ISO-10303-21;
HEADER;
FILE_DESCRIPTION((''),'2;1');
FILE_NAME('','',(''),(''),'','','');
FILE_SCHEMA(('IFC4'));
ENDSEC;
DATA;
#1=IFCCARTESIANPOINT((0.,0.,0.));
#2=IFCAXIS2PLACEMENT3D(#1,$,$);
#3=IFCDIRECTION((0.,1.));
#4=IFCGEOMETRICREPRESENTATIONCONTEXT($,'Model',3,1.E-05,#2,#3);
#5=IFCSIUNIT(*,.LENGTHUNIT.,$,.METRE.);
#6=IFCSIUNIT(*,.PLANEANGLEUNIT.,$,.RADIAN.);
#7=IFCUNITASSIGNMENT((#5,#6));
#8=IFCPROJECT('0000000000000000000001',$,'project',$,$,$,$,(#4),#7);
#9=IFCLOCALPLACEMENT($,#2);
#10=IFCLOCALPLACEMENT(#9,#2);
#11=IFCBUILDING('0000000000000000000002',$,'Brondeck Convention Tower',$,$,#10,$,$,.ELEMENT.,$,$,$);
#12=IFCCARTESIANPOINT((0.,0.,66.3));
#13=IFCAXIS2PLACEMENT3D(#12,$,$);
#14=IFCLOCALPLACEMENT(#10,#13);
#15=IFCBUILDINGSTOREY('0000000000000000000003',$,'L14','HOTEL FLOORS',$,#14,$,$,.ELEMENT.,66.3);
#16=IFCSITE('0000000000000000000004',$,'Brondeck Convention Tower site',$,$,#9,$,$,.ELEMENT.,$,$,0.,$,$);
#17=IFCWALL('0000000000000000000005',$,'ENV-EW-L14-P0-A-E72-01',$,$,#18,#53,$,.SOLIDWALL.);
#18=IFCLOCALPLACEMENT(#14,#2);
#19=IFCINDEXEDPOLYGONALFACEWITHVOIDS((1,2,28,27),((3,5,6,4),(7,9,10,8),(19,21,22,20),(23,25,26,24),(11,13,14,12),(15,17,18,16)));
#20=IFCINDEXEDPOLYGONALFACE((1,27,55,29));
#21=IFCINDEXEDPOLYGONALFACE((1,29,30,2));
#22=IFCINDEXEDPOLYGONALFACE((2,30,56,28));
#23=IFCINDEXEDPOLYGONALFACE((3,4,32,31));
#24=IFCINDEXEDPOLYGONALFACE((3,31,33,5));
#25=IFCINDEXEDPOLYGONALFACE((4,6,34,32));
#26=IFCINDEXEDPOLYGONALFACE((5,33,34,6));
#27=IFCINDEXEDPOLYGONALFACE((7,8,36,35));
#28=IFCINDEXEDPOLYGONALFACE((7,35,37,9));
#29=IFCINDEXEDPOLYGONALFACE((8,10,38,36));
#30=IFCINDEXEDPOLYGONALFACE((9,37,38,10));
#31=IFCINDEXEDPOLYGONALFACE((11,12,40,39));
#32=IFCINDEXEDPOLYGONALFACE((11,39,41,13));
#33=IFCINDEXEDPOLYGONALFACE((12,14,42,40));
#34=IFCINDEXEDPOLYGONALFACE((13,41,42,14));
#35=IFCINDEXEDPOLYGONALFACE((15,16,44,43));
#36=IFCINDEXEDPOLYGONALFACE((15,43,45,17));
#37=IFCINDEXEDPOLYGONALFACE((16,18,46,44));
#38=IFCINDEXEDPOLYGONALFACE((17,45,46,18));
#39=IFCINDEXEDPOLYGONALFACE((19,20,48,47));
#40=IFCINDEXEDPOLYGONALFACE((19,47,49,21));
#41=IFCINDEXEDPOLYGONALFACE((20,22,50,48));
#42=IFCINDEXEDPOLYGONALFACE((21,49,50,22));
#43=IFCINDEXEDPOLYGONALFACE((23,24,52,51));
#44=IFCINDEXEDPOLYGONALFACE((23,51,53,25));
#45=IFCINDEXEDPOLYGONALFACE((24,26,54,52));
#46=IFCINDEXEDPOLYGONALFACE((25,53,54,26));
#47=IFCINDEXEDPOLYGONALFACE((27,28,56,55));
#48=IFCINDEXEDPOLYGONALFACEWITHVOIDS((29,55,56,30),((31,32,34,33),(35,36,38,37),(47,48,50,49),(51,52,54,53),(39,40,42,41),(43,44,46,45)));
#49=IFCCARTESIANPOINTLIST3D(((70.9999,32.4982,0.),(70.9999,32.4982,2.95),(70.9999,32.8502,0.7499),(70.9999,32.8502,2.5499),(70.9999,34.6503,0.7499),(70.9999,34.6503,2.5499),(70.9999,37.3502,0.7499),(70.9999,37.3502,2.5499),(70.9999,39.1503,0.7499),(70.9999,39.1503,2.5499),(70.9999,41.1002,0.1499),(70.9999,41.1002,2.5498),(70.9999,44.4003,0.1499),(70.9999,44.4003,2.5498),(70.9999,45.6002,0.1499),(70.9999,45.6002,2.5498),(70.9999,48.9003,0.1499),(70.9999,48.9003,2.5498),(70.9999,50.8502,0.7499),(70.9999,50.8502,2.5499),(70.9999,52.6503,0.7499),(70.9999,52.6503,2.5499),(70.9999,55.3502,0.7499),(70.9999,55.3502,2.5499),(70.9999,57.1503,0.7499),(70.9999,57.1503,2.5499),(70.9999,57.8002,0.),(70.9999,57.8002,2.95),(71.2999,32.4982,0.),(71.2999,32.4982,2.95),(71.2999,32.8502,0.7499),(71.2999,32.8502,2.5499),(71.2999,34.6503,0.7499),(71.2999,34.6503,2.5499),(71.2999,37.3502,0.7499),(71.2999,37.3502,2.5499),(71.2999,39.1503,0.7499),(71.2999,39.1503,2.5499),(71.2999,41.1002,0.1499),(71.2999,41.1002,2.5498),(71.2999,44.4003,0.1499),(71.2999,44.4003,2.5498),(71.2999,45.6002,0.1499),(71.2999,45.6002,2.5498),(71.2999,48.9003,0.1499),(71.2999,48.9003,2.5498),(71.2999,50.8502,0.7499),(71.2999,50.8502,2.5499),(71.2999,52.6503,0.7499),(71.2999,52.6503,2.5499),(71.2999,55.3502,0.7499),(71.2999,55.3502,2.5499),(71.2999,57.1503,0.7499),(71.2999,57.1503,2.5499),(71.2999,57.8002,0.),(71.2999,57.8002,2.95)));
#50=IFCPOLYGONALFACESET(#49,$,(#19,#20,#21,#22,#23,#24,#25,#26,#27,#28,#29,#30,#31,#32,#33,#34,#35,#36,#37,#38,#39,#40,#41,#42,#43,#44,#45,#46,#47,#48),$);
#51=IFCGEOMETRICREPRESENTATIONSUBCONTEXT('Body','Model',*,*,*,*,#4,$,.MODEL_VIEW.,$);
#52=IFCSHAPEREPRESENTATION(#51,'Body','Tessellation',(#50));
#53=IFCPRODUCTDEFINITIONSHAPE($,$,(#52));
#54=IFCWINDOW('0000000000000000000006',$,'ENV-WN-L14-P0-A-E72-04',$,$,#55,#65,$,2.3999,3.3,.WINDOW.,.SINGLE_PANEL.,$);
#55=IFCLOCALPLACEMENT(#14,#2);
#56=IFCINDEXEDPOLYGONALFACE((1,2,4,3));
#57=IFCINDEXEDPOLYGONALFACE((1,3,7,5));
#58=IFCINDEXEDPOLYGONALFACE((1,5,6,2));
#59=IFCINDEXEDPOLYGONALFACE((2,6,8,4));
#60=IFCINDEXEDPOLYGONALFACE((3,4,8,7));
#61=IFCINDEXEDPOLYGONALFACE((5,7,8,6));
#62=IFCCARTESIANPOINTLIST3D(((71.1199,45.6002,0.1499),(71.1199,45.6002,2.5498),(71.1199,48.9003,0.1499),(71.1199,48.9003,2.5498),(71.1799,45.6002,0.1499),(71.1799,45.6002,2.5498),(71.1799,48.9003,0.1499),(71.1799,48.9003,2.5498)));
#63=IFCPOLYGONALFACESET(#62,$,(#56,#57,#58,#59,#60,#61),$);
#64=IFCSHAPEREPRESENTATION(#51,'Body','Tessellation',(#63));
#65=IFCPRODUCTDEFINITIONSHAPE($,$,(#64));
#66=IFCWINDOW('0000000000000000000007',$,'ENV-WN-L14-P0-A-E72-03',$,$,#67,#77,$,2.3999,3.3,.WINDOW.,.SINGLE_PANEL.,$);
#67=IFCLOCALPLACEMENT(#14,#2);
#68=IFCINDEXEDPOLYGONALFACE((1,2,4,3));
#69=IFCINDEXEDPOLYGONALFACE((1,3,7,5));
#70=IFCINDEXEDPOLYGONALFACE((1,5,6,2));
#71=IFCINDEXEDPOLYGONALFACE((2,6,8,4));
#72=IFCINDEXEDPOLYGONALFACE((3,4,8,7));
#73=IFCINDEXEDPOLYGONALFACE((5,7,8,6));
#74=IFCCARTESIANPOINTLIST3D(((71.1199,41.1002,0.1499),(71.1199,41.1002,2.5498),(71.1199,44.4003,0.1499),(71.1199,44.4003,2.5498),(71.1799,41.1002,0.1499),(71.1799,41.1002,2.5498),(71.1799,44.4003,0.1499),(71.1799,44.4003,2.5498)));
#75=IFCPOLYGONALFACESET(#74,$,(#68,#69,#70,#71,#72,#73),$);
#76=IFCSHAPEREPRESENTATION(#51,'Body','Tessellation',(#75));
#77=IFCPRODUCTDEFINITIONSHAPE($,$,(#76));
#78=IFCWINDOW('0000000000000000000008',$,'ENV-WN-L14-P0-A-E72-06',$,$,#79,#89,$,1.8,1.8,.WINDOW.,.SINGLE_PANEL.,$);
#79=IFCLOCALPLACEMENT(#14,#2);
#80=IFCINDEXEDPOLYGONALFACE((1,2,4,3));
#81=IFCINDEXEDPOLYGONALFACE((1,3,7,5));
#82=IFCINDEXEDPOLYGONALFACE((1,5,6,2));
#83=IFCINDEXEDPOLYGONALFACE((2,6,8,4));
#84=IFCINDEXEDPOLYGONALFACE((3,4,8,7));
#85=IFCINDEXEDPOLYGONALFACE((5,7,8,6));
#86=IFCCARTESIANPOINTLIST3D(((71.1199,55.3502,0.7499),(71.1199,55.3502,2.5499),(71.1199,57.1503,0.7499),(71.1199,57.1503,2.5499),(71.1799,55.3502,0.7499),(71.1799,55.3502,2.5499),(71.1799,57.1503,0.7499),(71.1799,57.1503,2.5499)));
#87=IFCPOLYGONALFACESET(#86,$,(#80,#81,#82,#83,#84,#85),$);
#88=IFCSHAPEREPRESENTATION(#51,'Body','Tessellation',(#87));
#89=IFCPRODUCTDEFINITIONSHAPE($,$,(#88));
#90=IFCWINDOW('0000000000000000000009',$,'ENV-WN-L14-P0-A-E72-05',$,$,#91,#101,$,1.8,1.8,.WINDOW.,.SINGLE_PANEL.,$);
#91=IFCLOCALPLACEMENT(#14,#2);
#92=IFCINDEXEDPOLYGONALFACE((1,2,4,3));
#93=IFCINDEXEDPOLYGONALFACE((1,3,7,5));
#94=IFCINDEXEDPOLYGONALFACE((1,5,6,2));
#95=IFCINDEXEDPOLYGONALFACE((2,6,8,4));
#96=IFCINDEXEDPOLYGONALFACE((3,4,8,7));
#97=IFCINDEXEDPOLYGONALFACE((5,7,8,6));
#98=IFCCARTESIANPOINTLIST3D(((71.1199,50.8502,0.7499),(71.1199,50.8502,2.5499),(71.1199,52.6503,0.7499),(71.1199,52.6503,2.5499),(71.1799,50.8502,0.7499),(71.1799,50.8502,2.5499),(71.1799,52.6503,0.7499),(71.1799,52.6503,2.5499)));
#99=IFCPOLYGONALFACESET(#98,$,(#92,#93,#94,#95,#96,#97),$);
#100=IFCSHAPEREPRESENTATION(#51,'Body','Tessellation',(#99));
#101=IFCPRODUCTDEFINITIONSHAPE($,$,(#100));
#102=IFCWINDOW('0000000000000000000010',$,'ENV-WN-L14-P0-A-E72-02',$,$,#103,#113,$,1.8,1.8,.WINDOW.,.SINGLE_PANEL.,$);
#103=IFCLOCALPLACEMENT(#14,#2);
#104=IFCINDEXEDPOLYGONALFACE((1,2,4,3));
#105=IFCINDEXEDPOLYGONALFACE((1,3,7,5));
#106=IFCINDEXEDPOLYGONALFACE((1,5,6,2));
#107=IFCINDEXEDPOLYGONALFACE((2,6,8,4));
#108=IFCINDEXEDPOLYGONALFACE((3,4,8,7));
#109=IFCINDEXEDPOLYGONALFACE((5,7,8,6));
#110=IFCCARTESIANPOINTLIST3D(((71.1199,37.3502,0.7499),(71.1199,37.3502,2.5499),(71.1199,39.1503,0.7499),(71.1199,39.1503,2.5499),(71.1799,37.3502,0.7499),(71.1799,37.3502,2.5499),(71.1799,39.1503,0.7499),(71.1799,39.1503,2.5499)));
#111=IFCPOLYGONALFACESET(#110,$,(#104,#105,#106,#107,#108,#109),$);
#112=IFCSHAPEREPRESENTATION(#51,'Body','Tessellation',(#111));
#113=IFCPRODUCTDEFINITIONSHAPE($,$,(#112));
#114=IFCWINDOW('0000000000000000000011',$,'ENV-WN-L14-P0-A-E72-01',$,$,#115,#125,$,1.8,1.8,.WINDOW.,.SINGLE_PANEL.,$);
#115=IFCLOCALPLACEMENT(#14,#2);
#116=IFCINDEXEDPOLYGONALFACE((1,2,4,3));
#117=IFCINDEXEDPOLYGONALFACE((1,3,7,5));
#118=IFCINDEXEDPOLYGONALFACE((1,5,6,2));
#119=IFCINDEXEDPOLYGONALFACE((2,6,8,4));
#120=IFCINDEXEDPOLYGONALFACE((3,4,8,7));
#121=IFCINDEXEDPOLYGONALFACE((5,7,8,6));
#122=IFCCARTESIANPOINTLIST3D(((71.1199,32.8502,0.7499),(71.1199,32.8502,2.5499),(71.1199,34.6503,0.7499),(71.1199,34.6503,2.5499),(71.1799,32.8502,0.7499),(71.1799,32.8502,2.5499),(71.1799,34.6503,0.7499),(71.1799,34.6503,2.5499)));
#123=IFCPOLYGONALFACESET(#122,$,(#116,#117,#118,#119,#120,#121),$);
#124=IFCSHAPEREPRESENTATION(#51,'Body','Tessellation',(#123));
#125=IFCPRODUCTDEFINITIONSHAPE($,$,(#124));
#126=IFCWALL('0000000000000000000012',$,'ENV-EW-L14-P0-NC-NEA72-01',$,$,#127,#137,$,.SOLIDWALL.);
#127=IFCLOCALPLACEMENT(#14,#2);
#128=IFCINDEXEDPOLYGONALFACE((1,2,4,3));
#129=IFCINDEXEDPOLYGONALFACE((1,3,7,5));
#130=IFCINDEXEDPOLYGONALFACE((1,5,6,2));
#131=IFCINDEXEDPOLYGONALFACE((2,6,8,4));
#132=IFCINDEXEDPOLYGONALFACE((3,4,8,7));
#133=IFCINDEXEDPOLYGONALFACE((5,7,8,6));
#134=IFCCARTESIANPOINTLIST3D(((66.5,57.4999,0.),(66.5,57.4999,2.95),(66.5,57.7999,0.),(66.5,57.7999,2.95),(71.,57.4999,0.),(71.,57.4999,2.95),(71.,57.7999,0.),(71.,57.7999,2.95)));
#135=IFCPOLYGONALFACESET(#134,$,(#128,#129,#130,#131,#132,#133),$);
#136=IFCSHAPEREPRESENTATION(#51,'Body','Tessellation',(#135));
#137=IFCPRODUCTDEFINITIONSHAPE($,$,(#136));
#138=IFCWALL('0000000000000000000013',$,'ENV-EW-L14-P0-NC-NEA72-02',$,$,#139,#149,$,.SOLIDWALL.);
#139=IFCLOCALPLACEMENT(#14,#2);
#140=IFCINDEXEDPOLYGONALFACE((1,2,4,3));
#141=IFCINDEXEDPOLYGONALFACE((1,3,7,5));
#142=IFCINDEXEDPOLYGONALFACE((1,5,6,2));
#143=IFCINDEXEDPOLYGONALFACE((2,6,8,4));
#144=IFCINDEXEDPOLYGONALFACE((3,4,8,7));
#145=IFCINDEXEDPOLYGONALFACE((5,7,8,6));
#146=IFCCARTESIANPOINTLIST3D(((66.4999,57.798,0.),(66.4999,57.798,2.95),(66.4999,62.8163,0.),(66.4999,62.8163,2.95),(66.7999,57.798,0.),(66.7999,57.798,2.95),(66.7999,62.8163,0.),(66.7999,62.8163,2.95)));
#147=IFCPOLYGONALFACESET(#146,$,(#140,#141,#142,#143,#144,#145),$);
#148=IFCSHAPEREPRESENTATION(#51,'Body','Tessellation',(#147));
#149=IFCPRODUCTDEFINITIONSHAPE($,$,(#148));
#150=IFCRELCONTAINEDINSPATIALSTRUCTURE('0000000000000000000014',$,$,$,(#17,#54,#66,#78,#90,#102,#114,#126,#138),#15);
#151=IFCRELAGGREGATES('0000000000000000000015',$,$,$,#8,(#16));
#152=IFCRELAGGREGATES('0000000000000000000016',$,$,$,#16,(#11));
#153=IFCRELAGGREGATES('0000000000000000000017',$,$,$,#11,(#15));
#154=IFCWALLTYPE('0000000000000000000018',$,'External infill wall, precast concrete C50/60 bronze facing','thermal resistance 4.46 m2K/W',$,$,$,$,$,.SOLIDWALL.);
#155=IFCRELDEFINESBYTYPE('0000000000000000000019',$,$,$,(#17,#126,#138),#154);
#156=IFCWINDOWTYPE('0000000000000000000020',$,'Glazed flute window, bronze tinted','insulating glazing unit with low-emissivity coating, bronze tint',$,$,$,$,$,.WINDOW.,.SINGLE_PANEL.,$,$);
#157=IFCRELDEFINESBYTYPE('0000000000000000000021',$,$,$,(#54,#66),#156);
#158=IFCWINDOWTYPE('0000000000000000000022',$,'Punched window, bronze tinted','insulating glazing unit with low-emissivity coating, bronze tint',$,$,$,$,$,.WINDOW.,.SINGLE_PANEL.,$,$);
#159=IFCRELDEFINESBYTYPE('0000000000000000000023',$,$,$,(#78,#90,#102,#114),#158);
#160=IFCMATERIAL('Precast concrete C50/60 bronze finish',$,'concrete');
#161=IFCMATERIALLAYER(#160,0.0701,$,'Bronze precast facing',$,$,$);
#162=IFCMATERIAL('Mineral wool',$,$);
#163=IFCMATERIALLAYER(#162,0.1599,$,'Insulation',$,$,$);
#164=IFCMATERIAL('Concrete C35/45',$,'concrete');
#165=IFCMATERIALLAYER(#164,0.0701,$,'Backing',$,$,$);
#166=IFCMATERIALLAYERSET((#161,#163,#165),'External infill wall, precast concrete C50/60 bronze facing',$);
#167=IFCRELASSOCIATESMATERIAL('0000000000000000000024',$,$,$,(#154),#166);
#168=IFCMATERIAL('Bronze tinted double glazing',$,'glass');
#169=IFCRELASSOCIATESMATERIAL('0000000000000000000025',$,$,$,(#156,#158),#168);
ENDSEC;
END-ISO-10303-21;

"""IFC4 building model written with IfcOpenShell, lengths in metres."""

from ifc_helpers import new_model, si_unit, direction, frame, frame_2d, origin, place, context, subcontext, project, spatial, rectangle, extrude, material, layer, layer_set, type_object, element, fill, save


model = new_model("IFC4")

# Units and contexts
model_context = context("Model", 3, precision=1e-05, world=origin(), true_north=direction((0.0, 1.0)))
body_context = subcontext(model_context, "Body", "Model", "MODEL_VIEW")
ifc_project = project(units=[si_unit("LENGTHUNIT", "METRE"), si_unit("PLANEANGLEUNIT", "RADIAN")], contexts=[model_context])

# Site, building, storey
site_placement = place(None, origin())
site = spatial("IfcSite", under=ifc_project, at=site_placement, Name="Brondeck Convention Tower site", CompositionType="ELEMENT", RefElevation=0.0)
building_placement = place(site_placement, origin())
building = spatial("IfcBuilding", under=site, at=building_placement, Name="Brondeck Convention Tower", CompositionType="ELEMENT")
storey_placement = place(building_placement, frame((0.0, 0.0, 66.3)))
storey = spatial("IfcBuildingStorey", under=building, at=storey_placement, Name="L14", Description="HOTEL FLOORS", CompositionType="ELEMENT", Elevation=66.3)

# Wall, openings, windows
ifc_material_1 = material(Name="Precast concrete C50/60 bronze finish", Category="concrete")
ifc_layer_1 = layer(ifc_material_1, 0.0701, Name="Bronze precast facing")
ifc_material_2 = material(Name="Mineral wool")
ifc_layer_2 = layer(ifc_material_2, 0.1599, Name="Insulation")
ifc_material_3 = material(Name="Concrete C35/45", Category="concrete")
ifc_layer_3 = layer(ifc_material_3, 0.0701, Name="Backing")
ifc_layer_set_1 = layer_set([ifc_layer_1, ifc_layer_2, ifc_layer_3], Name="External infill wall, precast concrete C50/60 bronze facing")
wall_type_1 = type_object("IfcWallType", Name="External infill wall, precast concrete C50/60 bronze facing", Description="thermal resistance 4.46 m2K/W", PredefinedType="SOLIDWALL", material=ifc_layer_set_1)
wall_1_placement = place(storey_placement, frame((71.1499, 57.8, 0.0), z_axis=(0.0, 0.0, 1.0), x_axis=(0.0, -1.0, 0.0)))
wall_1 = element("IfcWall", 1, at=wall_1_placement, inside=storey, type_object=wall_type_1, Name="ENV-EW-L14-P0-A-E72-01", PredefinedType="SOLIDWALL", context=body_context, shape_type="SweptSolid", body=[
    extrude(rectangle(XDim=25.302, YDim=0.3, at=frame_2d((12.6509, 0.0))), origin(), (0.0, 0.0, 1.0), 2.95),
])
opening_1_placement = place(wall_1_placement, frame((0.6499, 0.0, 0.75)))
opening_1 = element("IfcOpeningElement", 2, at=opening_1_placement, cuts=wall_1, PredefinedType="OPENING", context=body_context, shape_type="SweptSolid", body=[
    extrude(rectangle(XDim=1.8, YDim=1.8, at=frame_2d((0.8999, 0.8999))), frame((0.0, 0.1599, 0.0), z_axis=(0.0, -1.0, 0.0), x_axis=(1.0, 0.0, 0.0)), (0.0, 0.0, 1.0), 0.3201),
])
opening_2_placement = place(wall_1_placement, frame((5.1499, 0.0, 0.75)))
opening_2 = element("IfcOpeningElement", 3, at=opening_2_placement, cuts=wall_1, PredefinedType="OPENING", context=body_context, shape_type="SweptSolid", body=[
    extrude(rectangle(XDim=1.8, YDim=1.8, at=frame_2d((0.8999, 0.8999))), frame((0.0, 0.1599, 0.0), z_axis=(0.0, -1.0, 0.0), x_axis=(1.0, 0.0, 0.0)), (0.0, 0.0, 1.0), 0.3201),
])
opening_3_placement = place(wall_1_placement, frame((8.8999, 0.0, 0.1499)))
opening_3 = element("IfcOpeningElement", 4, at=opening_3_placement, cuts=wall_1, PredefinedType="OPENING", context=body_context, shape_type="SweptSolid", body=[
    extrude(rectangle(XDim=3.3, YDim=2.3999, at=frame_2d((1.6499, 1.2))), frame((0.0, 0.1599, 0.0), z_axis=(0.0, -1.0, 0.0), x_axis=(1.0, 0.0, 0.0)), (0.0, 0.0, 1.0), 0.3201),
])
opening_4_placement = place(wall_1_placement, frame((13.3999, 0.0, 0.1499)))
opening_4 = element("IfcOpeningElement", 5, at=opening_4_placement, cuts=wall_1, PredefinedType="OPENING", context=body_context, shape_type="SweptSolid", body=[
    extrude(rectangle(XDim=3.3, YDim=2.3999, at=frame_2d((1.6499, 1.2))), frame((0.0, 0.1599, 0.0), z_axis=(0.0, -1.0, 0.0), x_axis=(1.0, 0.0, 0.0)), (0.0, 0.0, 1.0), 0.3201),
])
opening_5_placement = place(wall_1_placement, frame((18.6499, 0.0, 0.75)))
opening_5 = element("IfcOpeningElement", 6, at=opening_5_placement, cuts=wall_1, PredefinedType="OPENING", context=body_context, shape_type="SweptSolid", body=[
    extrude(rectangle(XDim=1.8, YDim=1.8, at=frame_2d((0.8999, 0.8999))), frame((0.0, 0.1599, 0.0), z_axis=(0.0, -1.0, 0.0), x_axis=(1.0, 0.0, 0.0)), (0.0, 0.0, 1.0), 0.3201),
])
opening_6_placement = place(wall_1_placement, frame((23.1499, 0.0, 0.75)))
opening_6 = element("IfcOpeningElement", 7, at=opening_6_placement, cuts=wall_1, PredefinedType="OPENING", context=body_context, shape_type="SweptSolid", body=[
    extrude(rectangle(XDim=1.8, YDim=1.8, at=frame_2d((0.8999, 0.8999))), frame((0.0, 0.1599, 0.0), z_axis=(0.0, -1.0, 0.0), x_axis=(1.0, 0.0, 0.0)), (0.0, 0.0, 1.0), 0.3201),
])
ifc_material_4 = material(Name="Bronze tinted double glazing", Category="glass")
window_type_1 = type_object("IfcWindowType", Name="Glazed flute window, bronze tinted", Description="insulating glazing unit with low-emissivity coating, bronze tint", PartitioningType="SINGLE_PANEL", PredefinedType="WINDOW", material=ifc_material_4)
window_1_placement = place(opening_3_placement, origin())
window_1 = element("IfcWindow", 8, at=window_1_placement, inside=storey, type_object=window_type_1, Name="ENV-WN-L14-P0-A-E72-04", OverallHeight=2.3999, OverallWidth=3.3, PartitioningType="SINGLE_PANEL", PredefinedType="WINDOW", context=body_context, shape_type="SweptSolid", body=[
    extrude(rectangle(XDim=3.3, YDim=2.3999, at=frame_2d((1.6499, 1.2))), frame((0.0, 0.03, 0.0), z_axis=(0.0, -1.0, 0.0), x_axis=(1.0, 0.0, 0.0)), (0.0, 0.0, 1.0), 0.0601),
])
fill(opening_3, window_1)
window_2_placement = place(opening_4_placement, origin())
window_2 = element("IfcWindow", 9, at=window_2_placement, inside=storey, type_object=window_type_1, Name="ENV-WN-L14-P0-A-E72-03", OverallHeight=2.3999, OverallWidth=3.3, PartitioningType="SINGLE_PANEL", PredefinedType="WINDOW", context=body_context, shape_type="SweptSolid", body=[
    extrude(rectangle(XDim=3.3, YDim=2.3999, at=frame_2d((1.6499, 1.2))), frame((0.0, 0.03, 0.0), z_axis=(0.0, -1.0, 0.0), x_axis=(1.0, 0.0, 0.0)), (0.0, 0.0, 1.0), 0.0601),
])
fill(opening_4, window_2)
window_type_2 = type_object("IfcWindowType", Name="Punched window, bronze tinted", Description="insulating glazing unit with low-emissivity coating, bronze tint", PartitioningType="SINGLE_PANEL", PredefinedType="WINDOW", material=ifc_material_4)
window_3_placement = place(opening_1_placement, origin())
window_3 = element("IfcWindow", 10, at=window_3_placement, inside=storey, type_object=window_type_2, Name="ENV-WN-L14-P0-A-E72-06", OverallHeight=1.8, OverallWidth=1.8, PartitioningType="SINGLE_PANEL", PredefinedType="WINDOW", context=body_context, shape_type="SweptSolid", body=[
    extrude(rectangle(XDim=1.8, YDim=1.8, at=frame_2d((0.8999, 0.8999))), frame((0.0, 0.03, 0.0), z_axis=(0.0, -1.0, 0.0), x_axis=(1.0, 0.0, 0.0)), (0.0, 0.0, 1.0), 0.0601),
])
fill(opening_1, window_3)
window_4_placement = place(opening_2_placement, origin())
window_4 = element("IfcWindow", 11, at=window_4_placement, inside=storey, type_object=window_type_2, Name="ENV-WN-L14-P0-A-E72-05", OverallHeight=1.8, OverallWidth=1.8, PartitioningType="SINGLE_PANEL", PredefinedType="WINDOW", context=body_context, shape_type="SweptSolid", body=[
    extrude(rectangle(XDim=1.8, YDim=1.8, at=frame_2d((0.8999, 0.8999))), frame((0.0, 0.03, 0.0), z_axis=(0.0, -1.0, 0.0), x_axis=(1.0, 0.0, 0.0)), (0.0, 0.0, 1.0), 0.0601),
])
fill(opening_2, window_4)
window_5_placement = place(opening_5_placement, origin())
window_5 = element("IfcWindow", 12, at=window_5_placement, inside=storey, type_object=window_type_2, Name="ENV-WN-L14-P0-A-E72-02", OverallHeight=1.8, OverallWidth=1.8, PartitioningType="SINGLE_PANEL", PredefinedType="WINDOW", context=body_context, shape_type="SweptSolid", body=[
    extrude(rectangle(XDim=1.8, YDim=1.8, at=frame_2d((0.8999, 0.8999))), frame((0.0, 0.03, 0.0), z_axis=(0.0, -1.0, 0.0), x_axis=(1.0, 0.0, 0.0)), (0.0, 0.0, 1.0), 0.0601),
])
fill(opening_5, window_5)
window_6_placement = place(opening_6_placement, origin())
window_6 = element("IfcWindow", 13, at=window_6_placement, inside=storey, type_object=window_type_2, Name="ENV-WN-L14-P0-A-E72-01", OverallHeight=1.8, OverallWidth=1.8, PartitioningType="SINGLE_PANEL", PredefinedType="WINDOW", context=body_context, shape_type="SweptSolid", body=[
    extrude(rectangle(XDim=1.8, YDim=1.8, at=frame_2d((0.8999, 0.8999))), frame((0.0, 0.03, 0.0), z_axis=(0.0, -1.0, 0.0), x_axis=(1.0, 0.0, 0.0)), (0.0, 0.0, 1.0), 0.0601),
])
fill(opening_6, window_6)

# Walls
wall_2_placement = place(storey_placement, frame((66.5, 57.6499, 0.0), z_axis=(0.0, 0.0, 1.0), x_axis=(1.0, 0.0, 0.0)))
element("IfcWall", 14, at=wall_2_placement, inside=storey, type_object=wall_type_1, Name="ENV-EW-L14-P0-NC-NEA72-01", PredefinedType="SOLIDWALL", context=body_context, shape_type="SweptSolid", body=[
    extrude(rectangle(XDim=4.5, YDim=0.3, at=frame_2d((2.25, 0.0))), origin(), (0.0, 0.0, 1.0), 2.95),
])
wall_3_placement = place(storey_placement, frame((66.6499, 62.8164, 0.0), z_axis=(0.0, 0.0, 1.0), x_axis=(0.0, -1.0, 0.0)))
element("IfcWall", 15, at=wall_3_placement, inside=storey, type_object=wall_type_1, Name="ENV-EW-L14-P0-NC-NEA72-02", PredefinedType="SOLIDWALL", context=body_context, shape_type="SweptSolid", body=[
    extrude(rectangle(XDim=5.0183, YDim=0.3, at=frame_2d((2.5093, 0.0))), origin(), (0.0, 0.0, 1.0), 2.95),
])

save(model, "model.ifc")
